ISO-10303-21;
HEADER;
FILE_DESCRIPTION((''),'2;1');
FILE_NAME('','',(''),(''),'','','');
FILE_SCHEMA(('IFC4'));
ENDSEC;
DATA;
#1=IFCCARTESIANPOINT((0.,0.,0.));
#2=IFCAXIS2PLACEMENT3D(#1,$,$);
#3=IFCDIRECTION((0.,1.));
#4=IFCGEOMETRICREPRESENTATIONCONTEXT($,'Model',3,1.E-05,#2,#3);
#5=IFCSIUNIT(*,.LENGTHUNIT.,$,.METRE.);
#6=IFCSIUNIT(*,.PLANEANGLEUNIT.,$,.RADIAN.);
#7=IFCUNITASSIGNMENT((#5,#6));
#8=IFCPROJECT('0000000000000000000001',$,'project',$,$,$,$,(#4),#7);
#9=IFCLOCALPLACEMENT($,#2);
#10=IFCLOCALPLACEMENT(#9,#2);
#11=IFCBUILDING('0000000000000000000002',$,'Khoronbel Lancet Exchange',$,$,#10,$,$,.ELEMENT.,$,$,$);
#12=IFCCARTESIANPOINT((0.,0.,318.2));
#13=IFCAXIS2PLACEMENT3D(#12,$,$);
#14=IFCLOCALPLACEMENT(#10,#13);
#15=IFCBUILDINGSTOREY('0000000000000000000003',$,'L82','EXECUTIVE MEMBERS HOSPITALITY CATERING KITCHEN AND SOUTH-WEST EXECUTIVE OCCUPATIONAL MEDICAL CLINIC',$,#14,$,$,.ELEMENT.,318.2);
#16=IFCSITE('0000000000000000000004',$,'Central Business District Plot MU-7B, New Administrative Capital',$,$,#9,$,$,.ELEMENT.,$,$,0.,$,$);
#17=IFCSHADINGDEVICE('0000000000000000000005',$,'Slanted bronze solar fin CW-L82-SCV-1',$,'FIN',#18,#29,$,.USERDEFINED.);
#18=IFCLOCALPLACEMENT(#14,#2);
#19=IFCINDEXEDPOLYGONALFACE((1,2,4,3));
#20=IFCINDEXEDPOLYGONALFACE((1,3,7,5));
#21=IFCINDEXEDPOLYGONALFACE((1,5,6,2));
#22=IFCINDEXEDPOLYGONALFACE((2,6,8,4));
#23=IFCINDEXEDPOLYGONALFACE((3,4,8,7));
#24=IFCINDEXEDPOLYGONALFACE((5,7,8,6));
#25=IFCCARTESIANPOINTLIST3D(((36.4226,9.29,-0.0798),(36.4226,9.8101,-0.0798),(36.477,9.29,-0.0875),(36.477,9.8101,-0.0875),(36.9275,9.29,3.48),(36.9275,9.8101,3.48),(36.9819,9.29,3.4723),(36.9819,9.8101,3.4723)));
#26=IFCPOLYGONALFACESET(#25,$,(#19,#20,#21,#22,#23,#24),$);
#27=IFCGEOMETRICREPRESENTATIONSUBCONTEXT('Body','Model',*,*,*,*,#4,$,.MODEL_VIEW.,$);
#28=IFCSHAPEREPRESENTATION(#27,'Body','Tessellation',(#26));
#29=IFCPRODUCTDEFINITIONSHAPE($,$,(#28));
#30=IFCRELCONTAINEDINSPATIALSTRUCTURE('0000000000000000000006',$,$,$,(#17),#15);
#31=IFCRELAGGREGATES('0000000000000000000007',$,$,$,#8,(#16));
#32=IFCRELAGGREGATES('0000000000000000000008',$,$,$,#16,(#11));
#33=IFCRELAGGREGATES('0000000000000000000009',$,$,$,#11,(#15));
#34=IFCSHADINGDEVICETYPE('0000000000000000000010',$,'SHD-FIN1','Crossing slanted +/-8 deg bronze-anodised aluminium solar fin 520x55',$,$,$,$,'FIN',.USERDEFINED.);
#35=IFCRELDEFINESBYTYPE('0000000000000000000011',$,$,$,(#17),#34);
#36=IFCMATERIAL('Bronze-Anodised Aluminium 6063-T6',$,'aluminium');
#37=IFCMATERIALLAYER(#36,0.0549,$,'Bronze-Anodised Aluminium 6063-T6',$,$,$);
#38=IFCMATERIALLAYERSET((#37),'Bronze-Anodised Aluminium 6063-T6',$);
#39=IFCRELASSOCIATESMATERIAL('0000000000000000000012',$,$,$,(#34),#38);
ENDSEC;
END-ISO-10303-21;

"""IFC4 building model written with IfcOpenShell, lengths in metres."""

from ifc_helpers import new_model, si_unit, direction, frame, origin, place, context, subcontext, project, spatial, polyline, outline, extrude, material, layer, layer_set, type_object, element, save


model = new_model("IFC4")

# Units and contexts
model_context = context("Model", 3, precision=1e-05, world=origin(), true_north=direction((0.0, 1.0)))
body_context = subcontext(model_context, "Body", "Model", "MODEL_VIEW")
ifc_project = project(units=[si_unit("LENGTHUNIT", "METRE"), si_unit("PLANEANGLEUNIT", "RADIAN")], contexts=[model_context])

# Site, building, storey
site_placement = place(None, origin())
site = spatial("IfcSite", under=ifc_project, at=site_placement, Name="Central Business District Plot MU-7B, New Administrative Capital", CompositionType="ELEMENT", RefElevation=0.0)
building_placement = place(site_placement, origin())
building = spatial("IfcBuilding", under=site, at=building_placement, Name="Khoronbel Lancet Exchange", CompositionType="ELEMENT")
storey_placement = place(building_placement, frame((0.0, 0.0, 318.2)))
storey = spatial("IfcBuildingStorey", under=building, at=storey_placement, Name="L82", Description="EXECUTIVE MEMBERS HOSPITALITY CATERING KITCHEN AND SOUTH-WEST EXECUTIVE OCCUPATIONAL MEDICAL CLINIC", CompositionType="ELEMENT", Elevation=318.2)

# Shared definitions
ifc_material_1 = material(Name="Bronze-Anodised Aluminium 6063-T6", Category="aluminium")

# Shading device
ifc_layer_1 = layer(ifc_material_1, 0.0549, Name="Bronze-Anodised Aluminium 6063-T6")
ifc_layer_set_1 = layer_set([ifc_layer_1], Name="Bronze-Anodised Aluminium 6063-T6")
shading_device_type = type_object("IfcShadingDeviceType", Name="SHD-FIN1", Description="Crossing slanted +/-8 deg bronze-anodised aluminium solar fin 520x55", ElementType="FIN", PredefinedType="USERDEFINED", material=ifc_layer_set_1)
shading_device_placement = place(storey_placement, frame((36.4226, 9.8101, -0.0798), z_axis=(-0.990092, 0.0, 0.140423), x_axis=(0.0, -1.0, 0.0)))
element("IfcShadingDevice", 1, at=shading_device_placement, inside=storey, type_object=shading_device_type, Name="Slanted bronze solar fin CW-L82-SCV-1", ObjectType="FIN", PredefinedType="USERDEFINED", context=body_context, shape_type="SweptSolid", body=[
    extrude(outline(polyline([(0.0, 0.0), (0.52, 0.0), (0.52, 3.5955), (0.0, 3.5955), (0.0, 0.0)])), origin(), (0.0, 0.0, -1.0), 0.0549),
])

save(model, "model.ifc")
